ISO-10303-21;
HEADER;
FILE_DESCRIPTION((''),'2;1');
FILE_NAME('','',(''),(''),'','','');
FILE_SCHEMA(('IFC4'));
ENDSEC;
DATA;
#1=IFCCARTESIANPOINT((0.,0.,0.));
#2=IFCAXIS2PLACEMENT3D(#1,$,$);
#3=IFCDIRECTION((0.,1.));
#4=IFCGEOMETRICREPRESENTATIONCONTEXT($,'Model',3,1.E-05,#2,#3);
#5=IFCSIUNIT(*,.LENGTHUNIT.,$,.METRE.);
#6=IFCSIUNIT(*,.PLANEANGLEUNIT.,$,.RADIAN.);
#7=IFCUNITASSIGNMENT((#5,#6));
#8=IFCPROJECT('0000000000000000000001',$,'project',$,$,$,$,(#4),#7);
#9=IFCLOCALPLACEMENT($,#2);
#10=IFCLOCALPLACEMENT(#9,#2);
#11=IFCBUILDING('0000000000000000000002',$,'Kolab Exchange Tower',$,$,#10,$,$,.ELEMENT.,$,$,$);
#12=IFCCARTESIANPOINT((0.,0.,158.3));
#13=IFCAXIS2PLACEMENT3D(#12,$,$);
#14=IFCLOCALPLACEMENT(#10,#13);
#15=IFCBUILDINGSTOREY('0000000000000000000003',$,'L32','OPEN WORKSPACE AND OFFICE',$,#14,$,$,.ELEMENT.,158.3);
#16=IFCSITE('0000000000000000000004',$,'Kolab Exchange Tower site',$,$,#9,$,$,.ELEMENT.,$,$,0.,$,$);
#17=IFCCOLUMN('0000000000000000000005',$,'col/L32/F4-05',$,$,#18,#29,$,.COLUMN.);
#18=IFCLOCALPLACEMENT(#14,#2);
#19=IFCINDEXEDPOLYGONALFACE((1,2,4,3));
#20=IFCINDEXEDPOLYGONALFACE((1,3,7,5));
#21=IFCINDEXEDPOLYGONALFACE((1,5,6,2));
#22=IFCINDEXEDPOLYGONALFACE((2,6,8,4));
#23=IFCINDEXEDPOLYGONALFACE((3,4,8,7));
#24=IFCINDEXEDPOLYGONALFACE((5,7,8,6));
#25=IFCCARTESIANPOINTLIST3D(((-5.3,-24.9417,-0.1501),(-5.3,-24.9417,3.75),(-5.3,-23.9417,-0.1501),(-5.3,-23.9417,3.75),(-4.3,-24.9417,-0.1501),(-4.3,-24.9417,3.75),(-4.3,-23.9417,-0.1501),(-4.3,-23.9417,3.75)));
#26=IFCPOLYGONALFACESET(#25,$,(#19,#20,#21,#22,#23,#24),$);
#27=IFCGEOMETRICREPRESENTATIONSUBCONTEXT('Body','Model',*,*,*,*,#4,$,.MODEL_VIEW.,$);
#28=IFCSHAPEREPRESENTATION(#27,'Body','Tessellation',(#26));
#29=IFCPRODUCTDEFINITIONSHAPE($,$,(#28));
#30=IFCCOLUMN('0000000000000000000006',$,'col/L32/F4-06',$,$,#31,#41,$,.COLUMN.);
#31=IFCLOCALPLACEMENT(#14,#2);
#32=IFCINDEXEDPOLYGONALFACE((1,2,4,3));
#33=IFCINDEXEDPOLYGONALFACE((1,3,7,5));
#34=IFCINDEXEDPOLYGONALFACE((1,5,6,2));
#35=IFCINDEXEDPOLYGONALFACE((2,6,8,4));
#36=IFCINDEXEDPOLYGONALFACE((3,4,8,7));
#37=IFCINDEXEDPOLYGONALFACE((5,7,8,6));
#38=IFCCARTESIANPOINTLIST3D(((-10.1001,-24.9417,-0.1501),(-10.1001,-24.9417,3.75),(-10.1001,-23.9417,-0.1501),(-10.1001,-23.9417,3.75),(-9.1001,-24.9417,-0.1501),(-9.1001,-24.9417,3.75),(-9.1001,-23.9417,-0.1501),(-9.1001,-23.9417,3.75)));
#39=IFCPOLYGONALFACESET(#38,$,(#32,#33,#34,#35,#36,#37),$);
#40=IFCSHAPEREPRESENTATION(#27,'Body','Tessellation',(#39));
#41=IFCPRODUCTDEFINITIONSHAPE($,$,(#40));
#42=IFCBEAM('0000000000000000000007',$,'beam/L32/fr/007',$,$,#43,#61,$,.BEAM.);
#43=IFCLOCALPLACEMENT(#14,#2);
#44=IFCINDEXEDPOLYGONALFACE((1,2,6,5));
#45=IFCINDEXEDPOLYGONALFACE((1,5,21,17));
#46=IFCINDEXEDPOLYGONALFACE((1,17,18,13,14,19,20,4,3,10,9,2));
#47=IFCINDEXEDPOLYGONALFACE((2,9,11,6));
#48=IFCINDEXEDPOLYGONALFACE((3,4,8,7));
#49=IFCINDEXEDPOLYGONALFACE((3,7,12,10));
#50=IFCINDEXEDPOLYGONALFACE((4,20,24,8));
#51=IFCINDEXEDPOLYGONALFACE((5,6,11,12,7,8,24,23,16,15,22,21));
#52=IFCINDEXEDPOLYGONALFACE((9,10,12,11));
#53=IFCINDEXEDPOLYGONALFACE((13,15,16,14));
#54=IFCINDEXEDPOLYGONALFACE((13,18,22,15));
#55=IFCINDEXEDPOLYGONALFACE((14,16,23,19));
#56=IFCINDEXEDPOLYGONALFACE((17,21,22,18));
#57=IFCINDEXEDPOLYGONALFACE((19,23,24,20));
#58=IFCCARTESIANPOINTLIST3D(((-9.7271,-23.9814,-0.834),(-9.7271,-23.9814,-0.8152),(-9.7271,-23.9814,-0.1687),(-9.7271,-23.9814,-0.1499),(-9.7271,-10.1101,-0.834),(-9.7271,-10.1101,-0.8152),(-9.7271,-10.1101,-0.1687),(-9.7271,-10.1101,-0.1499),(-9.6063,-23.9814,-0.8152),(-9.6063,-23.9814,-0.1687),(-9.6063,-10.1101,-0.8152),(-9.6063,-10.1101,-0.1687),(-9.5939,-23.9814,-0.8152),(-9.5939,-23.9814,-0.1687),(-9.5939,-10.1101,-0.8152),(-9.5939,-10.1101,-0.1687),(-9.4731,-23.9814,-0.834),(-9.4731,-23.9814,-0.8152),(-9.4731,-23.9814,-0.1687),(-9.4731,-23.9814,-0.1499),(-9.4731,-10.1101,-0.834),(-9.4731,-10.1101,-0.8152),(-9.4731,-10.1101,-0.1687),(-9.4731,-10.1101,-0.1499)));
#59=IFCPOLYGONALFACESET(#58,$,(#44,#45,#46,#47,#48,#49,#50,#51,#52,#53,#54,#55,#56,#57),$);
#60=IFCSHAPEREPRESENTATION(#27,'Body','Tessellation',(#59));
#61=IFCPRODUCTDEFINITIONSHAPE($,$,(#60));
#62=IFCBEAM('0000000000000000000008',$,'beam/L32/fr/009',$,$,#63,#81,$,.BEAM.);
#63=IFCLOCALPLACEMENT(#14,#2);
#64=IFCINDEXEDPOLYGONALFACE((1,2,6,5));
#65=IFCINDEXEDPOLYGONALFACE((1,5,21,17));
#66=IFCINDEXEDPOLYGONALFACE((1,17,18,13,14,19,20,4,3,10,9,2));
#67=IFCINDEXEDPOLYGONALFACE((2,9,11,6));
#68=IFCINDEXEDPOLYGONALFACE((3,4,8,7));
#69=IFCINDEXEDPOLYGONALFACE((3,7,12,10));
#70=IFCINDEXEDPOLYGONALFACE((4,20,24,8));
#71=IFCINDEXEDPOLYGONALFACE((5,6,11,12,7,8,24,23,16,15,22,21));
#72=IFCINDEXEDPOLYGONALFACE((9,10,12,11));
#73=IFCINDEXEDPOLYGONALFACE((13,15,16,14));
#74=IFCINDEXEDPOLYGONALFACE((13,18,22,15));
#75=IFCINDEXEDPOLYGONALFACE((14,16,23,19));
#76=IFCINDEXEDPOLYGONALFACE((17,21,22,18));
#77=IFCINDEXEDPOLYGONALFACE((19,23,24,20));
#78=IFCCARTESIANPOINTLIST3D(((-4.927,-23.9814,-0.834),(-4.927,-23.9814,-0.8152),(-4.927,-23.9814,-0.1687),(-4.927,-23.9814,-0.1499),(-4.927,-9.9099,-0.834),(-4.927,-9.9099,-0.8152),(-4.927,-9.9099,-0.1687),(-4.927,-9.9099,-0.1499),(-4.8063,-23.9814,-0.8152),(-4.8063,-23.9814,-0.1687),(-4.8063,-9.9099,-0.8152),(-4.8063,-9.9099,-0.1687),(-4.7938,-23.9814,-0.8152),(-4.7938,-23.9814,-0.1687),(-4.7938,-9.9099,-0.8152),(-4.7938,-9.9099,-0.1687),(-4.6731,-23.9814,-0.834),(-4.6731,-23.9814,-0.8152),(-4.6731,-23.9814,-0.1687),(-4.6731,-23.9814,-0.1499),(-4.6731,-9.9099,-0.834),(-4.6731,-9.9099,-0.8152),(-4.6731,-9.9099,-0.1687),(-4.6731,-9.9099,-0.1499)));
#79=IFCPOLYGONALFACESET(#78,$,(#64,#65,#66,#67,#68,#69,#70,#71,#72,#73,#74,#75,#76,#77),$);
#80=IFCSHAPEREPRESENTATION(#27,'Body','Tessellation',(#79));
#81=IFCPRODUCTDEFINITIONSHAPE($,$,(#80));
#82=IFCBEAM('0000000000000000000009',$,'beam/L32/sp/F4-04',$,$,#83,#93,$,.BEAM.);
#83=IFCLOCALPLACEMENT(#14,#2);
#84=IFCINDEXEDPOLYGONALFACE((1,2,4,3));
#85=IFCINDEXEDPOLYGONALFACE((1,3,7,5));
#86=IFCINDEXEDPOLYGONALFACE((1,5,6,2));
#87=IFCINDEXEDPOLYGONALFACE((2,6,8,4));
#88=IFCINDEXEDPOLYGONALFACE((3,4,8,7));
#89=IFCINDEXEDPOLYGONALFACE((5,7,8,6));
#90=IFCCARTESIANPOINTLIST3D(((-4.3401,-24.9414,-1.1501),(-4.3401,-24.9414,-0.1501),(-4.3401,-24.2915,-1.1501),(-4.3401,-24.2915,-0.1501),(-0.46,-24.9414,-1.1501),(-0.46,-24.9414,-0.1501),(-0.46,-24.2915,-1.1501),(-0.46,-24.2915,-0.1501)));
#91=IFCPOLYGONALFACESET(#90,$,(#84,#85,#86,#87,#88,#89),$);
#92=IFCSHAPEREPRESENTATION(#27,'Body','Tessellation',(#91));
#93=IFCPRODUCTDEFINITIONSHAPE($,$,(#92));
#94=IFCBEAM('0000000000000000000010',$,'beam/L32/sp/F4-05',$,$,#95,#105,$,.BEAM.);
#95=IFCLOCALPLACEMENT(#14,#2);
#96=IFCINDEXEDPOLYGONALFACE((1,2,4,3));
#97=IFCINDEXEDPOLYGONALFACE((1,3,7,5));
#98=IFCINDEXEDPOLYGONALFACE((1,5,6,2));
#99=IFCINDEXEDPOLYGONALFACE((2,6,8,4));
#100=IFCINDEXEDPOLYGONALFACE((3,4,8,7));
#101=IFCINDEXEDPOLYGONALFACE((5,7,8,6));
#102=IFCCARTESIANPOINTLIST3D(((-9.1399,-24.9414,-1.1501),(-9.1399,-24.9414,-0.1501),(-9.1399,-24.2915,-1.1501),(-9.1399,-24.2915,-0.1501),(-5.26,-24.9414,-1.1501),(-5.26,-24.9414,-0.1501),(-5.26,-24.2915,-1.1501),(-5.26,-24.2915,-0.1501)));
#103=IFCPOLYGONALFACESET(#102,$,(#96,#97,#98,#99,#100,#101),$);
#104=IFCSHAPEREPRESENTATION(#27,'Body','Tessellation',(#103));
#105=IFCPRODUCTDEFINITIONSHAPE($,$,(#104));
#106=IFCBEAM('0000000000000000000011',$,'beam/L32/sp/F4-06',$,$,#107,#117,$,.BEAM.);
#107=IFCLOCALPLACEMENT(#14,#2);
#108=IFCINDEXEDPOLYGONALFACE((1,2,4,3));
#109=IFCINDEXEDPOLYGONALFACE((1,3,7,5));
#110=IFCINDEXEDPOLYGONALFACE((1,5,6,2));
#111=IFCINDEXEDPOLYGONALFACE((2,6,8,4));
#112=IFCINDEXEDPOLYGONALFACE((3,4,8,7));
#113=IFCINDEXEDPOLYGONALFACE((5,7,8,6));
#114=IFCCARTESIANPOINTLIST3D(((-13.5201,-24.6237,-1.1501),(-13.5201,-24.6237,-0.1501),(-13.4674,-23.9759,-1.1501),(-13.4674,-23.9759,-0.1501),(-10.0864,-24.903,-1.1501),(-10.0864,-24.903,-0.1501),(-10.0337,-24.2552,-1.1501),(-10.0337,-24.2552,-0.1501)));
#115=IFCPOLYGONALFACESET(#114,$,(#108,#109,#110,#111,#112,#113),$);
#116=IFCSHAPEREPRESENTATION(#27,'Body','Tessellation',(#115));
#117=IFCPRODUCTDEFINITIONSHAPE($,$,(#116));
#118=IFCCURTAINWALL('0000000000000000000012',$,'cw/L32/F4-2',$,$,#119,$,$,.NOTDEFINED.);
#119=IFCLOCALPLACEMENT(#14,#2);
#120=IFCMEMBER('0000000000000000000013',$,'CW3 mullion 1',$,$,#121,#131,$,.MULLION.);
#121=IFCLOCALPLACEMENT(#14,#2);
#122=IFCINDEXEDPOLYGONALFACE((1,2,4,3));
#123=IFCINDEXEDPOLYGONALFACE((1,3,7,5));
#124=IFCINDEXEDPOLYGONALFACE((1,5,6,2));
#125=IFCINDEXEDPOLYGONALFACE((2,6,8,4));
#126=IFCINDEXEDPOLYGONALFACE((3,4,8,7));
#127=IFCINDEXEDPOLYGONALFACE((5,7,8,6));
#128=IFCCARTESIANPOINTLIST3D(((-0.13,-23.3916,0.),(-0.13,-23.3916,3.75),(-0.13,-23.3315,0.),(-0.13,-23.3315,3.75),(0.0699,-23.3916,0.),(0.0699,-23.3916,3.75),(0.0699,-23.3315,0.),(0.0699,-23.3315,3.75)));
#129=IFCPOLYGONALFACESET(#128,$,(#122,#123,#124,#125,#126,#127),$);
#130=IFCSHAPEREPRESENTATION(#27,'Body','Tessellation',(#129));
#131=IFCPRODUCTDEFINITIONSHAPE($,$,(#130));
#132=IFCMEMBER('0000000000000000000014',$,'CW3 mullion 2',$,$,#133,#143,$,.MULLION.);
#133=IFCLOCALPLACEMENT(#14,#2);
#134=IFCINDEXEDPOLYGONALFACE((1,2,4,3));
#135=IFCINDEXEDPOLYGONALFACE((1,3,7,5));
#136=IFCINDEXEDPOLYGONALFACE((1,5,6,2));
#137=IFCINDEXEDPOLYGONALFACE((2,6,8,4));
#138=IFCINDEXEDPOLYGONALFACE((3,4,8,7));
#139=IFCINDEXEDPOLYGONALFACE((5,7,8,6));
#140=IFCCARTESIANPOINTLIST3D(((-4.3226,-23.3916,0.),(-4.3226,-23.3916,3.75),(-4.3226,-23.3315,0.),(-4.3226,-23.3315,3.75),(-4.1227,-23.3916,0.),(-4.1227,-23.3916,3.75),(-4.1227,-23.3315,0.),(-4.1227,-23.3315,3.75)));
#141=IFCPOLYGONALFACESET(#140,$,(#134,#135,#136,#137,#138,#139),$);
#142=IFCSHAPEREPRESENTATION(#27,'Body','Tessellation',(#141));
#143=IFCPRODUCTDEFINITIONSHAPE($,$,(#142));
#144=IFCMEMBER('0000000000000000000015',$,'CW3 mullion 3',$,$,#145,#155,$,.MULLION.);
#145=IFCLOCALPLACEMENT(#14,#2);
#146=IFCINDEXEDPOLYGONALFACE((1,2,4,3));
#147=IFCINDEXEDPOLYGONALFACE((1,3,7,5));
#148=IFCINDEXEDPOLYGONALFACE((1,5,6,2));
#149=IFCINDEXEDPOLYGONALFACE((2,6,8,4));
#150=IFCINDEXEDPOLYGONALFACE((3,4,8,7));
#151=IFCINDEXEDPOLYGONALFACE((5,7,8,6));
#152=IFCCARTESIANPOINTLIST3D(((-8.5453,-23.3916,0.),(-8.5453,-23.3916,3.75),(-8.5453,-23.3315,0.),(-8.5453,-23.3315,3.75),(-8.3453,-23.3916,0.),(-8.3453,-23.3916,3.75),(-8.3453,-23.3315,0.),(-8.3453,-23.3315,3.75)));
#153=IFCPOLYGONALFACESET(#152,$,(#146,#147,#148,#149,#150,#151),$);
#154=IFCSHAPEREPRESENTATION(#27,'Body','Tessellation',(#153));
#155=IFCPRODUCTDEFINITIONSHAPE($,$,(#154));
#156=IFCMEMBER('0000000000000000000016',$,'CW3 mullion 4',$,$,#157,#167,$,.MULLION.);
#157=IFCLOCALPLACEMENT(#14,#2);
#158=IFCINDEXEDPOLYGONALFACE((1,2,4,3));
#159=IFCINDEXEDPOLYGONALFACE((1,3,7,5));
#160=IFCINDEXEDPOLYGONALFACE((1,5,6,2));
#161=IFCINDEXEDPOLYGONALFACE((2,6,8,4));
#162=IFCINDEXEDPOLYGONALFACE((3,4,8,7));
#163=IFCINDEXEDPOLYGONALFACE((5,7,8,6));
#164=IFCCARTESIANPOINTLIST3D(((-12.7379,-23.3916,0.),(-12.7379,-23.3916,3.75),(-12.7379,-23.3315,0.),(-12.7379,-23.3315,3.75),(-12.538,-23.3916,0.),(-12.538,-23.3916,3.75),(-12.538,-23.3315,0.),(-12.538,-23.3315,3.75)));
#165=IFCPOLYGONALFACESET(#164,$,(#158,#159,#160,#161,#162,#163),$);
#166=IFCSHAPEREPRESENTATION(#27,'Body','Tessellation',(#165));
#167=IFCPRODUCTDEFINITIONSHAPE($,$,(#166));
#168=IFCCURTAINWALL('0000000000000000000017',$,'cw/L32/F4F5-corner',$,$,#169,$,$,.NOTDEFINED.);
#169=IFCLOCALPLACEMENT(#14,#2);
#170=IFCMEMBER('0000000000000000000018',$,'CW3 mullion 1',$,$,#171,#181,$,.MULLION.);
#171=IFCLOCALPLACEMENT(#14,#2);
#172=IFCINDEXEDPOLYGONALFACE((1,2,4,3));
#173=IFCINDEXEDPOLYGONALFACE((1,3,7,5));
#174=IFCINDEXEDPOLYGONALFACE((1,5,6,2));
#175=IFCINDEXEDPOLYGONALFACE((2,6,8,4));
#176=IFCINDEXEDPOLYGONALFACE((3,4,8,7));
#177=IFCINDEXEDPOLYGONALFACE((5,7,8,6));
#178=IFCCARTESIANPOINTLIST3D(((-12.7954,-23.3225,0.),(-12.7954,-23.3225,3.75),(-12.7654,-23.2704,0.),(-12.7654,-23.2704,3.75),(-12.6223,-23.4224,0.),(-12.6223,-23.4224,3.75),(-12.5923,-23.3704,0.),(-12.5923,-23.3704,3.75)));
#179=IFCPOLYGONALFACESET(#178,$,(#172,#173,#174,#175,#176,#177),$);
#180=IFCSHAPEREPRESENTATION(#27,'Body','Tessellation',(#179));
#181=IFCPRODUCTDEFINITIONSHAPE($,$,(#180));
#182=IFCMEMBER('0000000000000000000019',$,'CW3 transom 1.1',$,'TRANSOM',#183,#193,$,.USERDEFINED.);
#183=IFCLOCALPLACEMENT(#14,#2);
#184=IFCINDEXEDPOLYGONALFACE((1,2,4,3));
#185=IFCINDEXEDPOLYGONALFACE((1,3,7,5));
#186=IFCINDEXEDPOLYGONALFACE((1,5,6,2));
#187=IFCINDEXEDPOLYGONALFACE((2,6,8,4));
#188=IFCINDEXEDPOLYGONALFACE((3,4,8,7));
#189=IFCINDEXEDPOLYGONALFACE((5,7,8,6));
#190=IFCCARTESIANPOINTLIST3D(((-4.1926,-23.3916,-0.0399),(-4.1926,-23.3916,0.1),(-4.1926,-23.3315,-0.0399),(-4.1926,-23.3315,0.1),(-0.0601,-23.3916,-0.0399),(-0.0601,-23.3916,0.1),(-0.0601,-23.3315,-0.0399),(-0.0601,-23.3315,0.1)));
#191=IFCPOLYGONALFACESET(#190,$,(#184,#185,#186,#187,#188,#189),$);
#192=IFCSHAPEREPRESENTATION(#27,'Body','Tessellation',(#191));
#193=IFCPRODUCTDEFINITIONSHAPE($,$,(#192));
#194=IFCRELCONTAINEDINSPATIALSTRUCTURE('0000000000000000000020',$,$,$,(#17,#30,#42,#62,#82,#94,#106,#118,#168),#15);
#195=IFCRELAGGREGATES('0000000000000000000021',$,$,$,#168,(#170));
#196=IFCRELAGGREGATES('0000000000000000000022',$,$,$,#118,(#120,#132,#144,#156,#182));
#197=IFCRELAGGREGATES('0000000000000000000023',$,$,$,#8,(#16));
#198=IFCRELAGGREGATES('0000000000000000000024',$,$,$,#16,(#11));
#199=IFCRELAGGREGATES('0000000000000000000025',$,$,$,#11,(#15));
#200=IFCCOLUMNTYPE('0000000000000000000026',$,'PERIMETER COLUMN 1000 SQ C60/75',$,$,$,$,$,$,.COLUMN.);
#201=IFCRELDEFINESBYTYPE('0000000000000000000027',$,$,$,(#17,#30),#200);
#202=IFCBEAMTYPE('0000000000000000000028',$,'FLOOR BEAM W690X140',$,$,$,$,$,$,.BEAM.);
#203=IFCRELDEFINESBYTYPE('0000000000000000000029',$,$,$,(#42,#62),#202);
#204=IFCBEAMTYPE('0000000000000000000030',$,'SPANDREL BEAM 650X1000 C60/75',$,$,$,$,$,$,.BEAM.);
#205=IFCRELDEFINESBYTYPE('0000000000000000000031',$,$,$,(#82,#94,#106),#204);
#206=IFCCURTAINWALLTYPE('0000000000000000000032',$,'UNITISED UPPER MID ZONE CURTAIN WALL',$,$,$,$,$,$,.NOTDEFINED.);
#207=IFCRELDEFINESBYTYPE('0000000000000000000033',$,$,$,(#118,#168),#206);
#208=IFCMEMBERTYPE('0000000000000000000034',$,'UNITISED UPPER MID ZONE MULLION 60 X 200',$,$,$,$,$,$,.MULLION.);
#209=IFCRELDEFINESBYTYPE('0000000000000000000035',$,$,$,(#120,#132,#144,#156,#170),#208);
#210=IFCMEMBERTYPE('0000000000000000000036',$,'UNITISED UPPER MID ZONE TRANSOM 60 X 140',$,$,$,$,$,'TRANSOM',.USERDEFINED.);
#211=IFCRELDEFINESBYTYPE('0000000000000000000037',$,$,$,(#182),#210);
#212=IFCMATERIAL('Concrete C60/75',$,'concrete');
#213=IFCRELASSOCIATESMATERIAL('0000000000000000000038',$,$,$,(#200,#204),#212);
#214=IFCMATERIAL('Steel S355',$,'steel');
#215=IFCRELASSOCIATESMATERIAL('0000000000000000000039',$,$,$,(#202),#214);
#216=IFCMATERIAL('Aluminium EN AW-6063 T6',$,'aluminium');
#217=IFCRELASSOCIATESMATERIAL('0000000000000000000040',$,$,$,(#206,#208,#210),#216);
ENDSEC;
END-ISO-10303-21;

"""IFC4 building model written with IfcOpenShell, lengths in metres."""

from ifc_helpers import new_model, si_unit, direction, frame, origin, origin_2d, place, context, subcontext, project, spatial, rectangle, i_section, extrude, material, material_profile, profile_set, type_object, element, aggregate, save


model = new_model("IFC4")

# Units and contexts
model_context = context("Model", 3, precision=1e-05, world=origin(), true_north=direction((0.0, 1.0)))
body_context = subcontext(model_context, "Body", "Model", "MODEL_VIEW")
ifc_project = project(units=[si_unit("LENGTHUNIT", "METRE"), si_unit("PLANEANGLEUNIT", "RADIAN")], contexts=[model_context])

# Site, building, storey
site_placement = place(None, origin())
site = spatial("IfcSite", under=ifc_project, at=site_placement, Name="Kolab Exchange Tower site", CompositionType="ELEMENT", RefElevation=0.0)
building_placement = place(site_placement, origin())
building = spatial("IfcBuilding", under=site, at=building_placement, Name="Kolab Exchange Tower", CompositionType="ELEMENT")
storey_placement = place(building_placement, frame((0.0, 0.0, 158.3)))
storey = spatial("IfcBuildingStorey", under=building, at=storey_placement, Name="L32", Description="OPEN WORKSPACE AND OFFICE", CompositionType="ELEMENT", Elevation=158.3)

# Columns
ifc_material_1 = material(Name="Concrete C60/75", Category="concrete")
ifc_material_profile_1 = material_profile(ifc_material_1, rectangle(XDim=1.0, YDim=1.0, at=origin_2d()), Name="RC1000")
ifc_profile_set_1 = profile_set([ifc_material_profile_1], Name="Concrete C60/75")
column_type = type_object("IfcColumnType", Name="PERIMETER COLUMN 1000 SQ C60/75", PredefinedType="COLUMN", material=ifc_profile_set_1)
for number, where, z_axis, x_axis, name in (
    (1, (-4.8, -24.4417, -0.1501), (0.0, 0.0, 1.0), (1.0, 0.0, 0.0), "col/L32/F4-05"),
    (2, (-9.6001, -24.4417, -0.1501), (0.0, 0.0, 1.0), (1.0, 0.0, 0.0), "col/L32/F4-06"),
):
    element("IfcColumn", number, at=place(storey_placement, frame(where, z_axis=z_axis, x_axis=x_axis)), inside=storey, type_object=column_type, Name=name, PredefinedType="COLUMN", context=body_context, shape_type="SweptSolid", body=[
        extrude(rectangle(XDim=1.0, YDim=1.0, at=origin_2d()), origin(), (0.0, 0.0, 1.0), 3.9001),
    ])

# Beams
ifc_material_2 = material(Name="Steel S355", Category="steel")
ifc_material_profile_2 = material_profile(ifc_material_2, i_section(OverallWidth=0.2539, OverallDepth=0.6841, WebThickness=0.0125, FlangeThickness=0.0188, at=origin_2d()), Name="W690X140")
ifc_profile_set_2 = profile_set([ifc_material_profile_2], Name="Steel S355")
beam_type_1 = type_object("IfcBeamType", Name="FLOOR BEAM W690X140", PredefinedType="BEAM", material=ifc_profile_set_2)
beam_1_placement = place(storey_placement, frame((-9.6001, -23.9814, -0.4919), z_axis=(0.0, 1.0, 0.0), x_axis=(-1.0, 0.0, 0.0)))
element("IfcBeam", 3, at=beam_1_placement, inside=storey, type_object=beam_type_1, Name="beam/L32/fr/007", PredefinedType="BEAM", context=body_context, shape_type="SweptSolid", body=[
    extrude(i_section(OverallWidth=0.2539, OverallDepth=0.6841, WebThickness=0.0125, FlangeThickness=0.0188, at=origin_2d()), origin(), (0.0, 0.0, 1.0), 13.8713),
])
beam_2_placement = place(storey_placement, frame((-4.8, -23.9814, -0.4919), z_axis=(0.0, 1.0, 0.0), x_axis=(-1.0, 0.0, 0.0)))
element("IfcBeam", 4, at=beam_2_placement, inside=storey, type_object=beam_type_1, Name="beam/L32/fr/009", PredefinedType="BEAM", context=body_context, shape_type="SweptSolid", body=[
    extrude(i_section(OverallWidth=0.2539, OverallDepth=0.6841, WebThickness=0.0125, FlangeThickness=0.0188, at=origin_2d()), origin(), (0.0, 0.0, 1.0), 14.0715),
])
ifc_material_profile_3 = material_profile(ifc_material_1, rectangle(XDim=0.6499, YDim=1.0, at=origin_2d()), Name="RC650X1000")
ifc_profile_set_3 = profile_set([ifc_material_profile_3], Name="Concrete C60/75")
beam_type_2 = type_object("IfcBeamType", Name="SPANDREL BEAM 650X1000 C60/75", PredefinedType="BEAM", material=ifc_profile_set_3)
beam_3_placement = place(storey_placement, frame((-0.46, -24.6165, -0.6501), z_axis=(-1.0, 0.0, 0.0), x_axis=(0.0, -1.0, 0.0)))
element("IfcBeam", 5, at=beam_3_placement, inside=storey, type_object=beam_type_2, Name="beam/L32/sp/F4-04", PredefinedType="BEAM", context=body_context, shape_type="SweptSolid", body=[
    extrude(rectangle(XDim=0.6499, YDim=1.0, at=origin_2d()), origin(), (0.0, 0.0, 1.0), 3.8801),
])
beam_4_placement = place(storey_placement, frame((-5.26, -24.6165, -0.6501), z_axis=(-1.0, 0.0, 0.0), x_axis=(0.0, -1.0, 0.0)))
element("IfcBeam", 6, at=beam_4_placement, inside=storey, type_object=beam_type_2, Name="beam/L32/sp/F4-05", PredefinedType="BEAM", context=body_context, shape_type="SweptSolid", body=[
    extrude(rectangle(XDim=0.6499, YDim=1.0, at=origin_2d()), origin(), (0.0, 0.0, 1.0), 3.8799),
])
beam_5_placement = place(storey_placement, frame((-10.0601, -24.5791, -0.6501), z_axis=(-0.996708, 0.081069, 0.0), x_axis=(-0.081069, -0.996708, 0.0)))
element("IfcBeam", 7, at=beam_5_placement, inside=storey, type_object=beam_type_2, Name="beam/L32/sp/F4-06", PredefinedType="BEAM", context=body_context, shape_type="SweptSolid", body=[
    extrude(rectangle(XDim=0.6499, YDim=1.0, at=origin_2d()), origin(), (0.0, 0.0, 1.0), 3.4451),
])

# Curtain wall, members
ifc_material_3 = material(Name="Aluminium EN AW-6063 T6", Category="aluminium")
curtain_wall_type = type_object("IfcCurtainWallType", Name="UNITISED UPPER MID ZONE CURTAIN WALL", PredefinedType="NOTDEFINED", material=ifc_material_3)
curtain_wall_1_placement = place(storey_placement, origin())
curtain_wall_1 = element("IfcCurtainWall", 8, at=curtain_wall_1_placement, inside=storey, type_object=curtain_wall_type, Name="cw/L32/F4-2", PredefinedType="NOTDEFINED")
ifc_material_profile_4 = material_profile(ifc_material_3, rectangle(XDim=0.0601, YDim=0.2, at=origin_2d()), Name="RECT 60X200")
ifc_profile_set_4 = profile_set([ifc_material_profile_4], Name="Aluminium EN AW-6063 T6")
member_type_1 = type_object("IfcMemberType", Name="UNITISED UPPER MID ZONE MULLION 60 X 200", PredefinedType="MULLION", material=ifc_profile_set_4)
member_1_placement = place(storey_placement, frame((-0.03, -23.3616, 0.0), z_axis=(0.0, 0.0, 1.0), x_axis=(0.0, -1.0, 0.0)))
member_1 = element("IfcMember", 9, at=member_1_placement, type_object=member_type_1, Name="CW3 mullion 1", PredefinedType="MULLION", context=body_context, shape_type="SweptSolid", body=[
    extrude(rectangle(XDim=0.0601, YDim=0.2, at=origin_2d()), origin(), (0.0, 0.0, 1.0), 3.75),
])
member_2_placement = place(storey_placement, frame((-4.2227, -23.3616, 0.0), z_axis=(0.0, 0.0, 1.0), x_axis=(0.0, -1.0, 0.0)))
member_2 = element("IfcMember", 10, at=member_2_placement, type_object=member_type_1, Name="CW3 mullion 2", PredefinedType="MULLION", context=body_context, shape_type="SweptSolid", body=[
    extrude(rectangle(XDim=0.0601, YDim=0.2, at=origin_2d()), origin(), (0.0, 0.0, 1.0), 3.75),
])
member_3_placement = place(storey_placement, frame((-8.4453, -23.3616, 0.0), z_axis=(0.0, 0.0, 1.0), x_axis=(0.0, -1.0, 0.0)))
member_3 = element("IfcMember", 11, at=member_3_placement, type_object=member_type_1, Name="CW3 mullion 3", PredefinedType="MULLION", context=body_context, shape_type="SweptSolid", body=[
    extrude(rectangle(XDim=0.0601, YDim=0.2, at=origin_2d()), origin(), (0.0, 0.0, 1.0), 3.75),
])
member_4_placement = place(storey_placement, frame((-12.6379, -23.3616, 0.0), z_axis=(0.0, 0.0, 1.0), x_axis=(0.0, -1.0, 0.0)))
member_4 = element("IfcMember", 12, at=member_4_placement, type_object=member_type_1, Name="CW3 mullion 4", PredefinedType="MULLION", context=body_context, shape_type="SweptSolid", body=[
    extrude(rectangle(XDim=0.0601, YDim=0.2, at=origin_2d()), origin(), (0.0, 0.0, 1.0), 3.75),
])

# Curtain wall, member
curtain_wall_2_placement = place(storey_placement, origin())
curtain_wall_2 = element("IfcCurtainWall", 13, at=curtain_wall_2_placement, inside=storey, type_object=curtain_wall_type, Name="cw/L32/F4F5-corner", PredefinedType="NOTDEFINED")
member_5_placement = place(storey_placement, frame((-12.6938, -23.3464, 0.0), z_axis=(0.0, 0.0, 1.0), x_axis=(-0.5, -0.866025, 0.0)))
member_5 = element("IfcMember", 14, at=member_5_placement, type_object=member_type_1, Name="CW3 mullion 1", PredefinedType="MULLION", context=body_context, shape_type="SweptSolid", body=[
    extrude(rectangle(XDim=0.0601, YDim=0.2, at=origin_2d()), origin(), (0.0, 0.0, 1.0), 3.75),
])

# Member
ifc_material_profile_5 = material_profile(ifc_material_3, rectangle(XDim=0.0601, YDim=0.1399, at=origin_2d()), Name="RECT 60X140")
ifc_profile_set_5 = profile_set([ifc_material_profile_5], Name="Aluminium EN AW-6063 T6")
member_type_2 = type_object("IfcMemberType", Name="UNITISED UPPER MID ZONE TRANSOM 60 X 140", ElementType="TRANSOM", PredefinedType="USERDEFINED", material=ifc_profile_set_5)
member_6_placement = place(storey_placement, frame((-0.0601, -23.3616, 0.03), z_axis=(-1.0, 0.0, 0.0), x_axis=(0.0, -1.0, 0.0)))
member_6 = element("IfcMember", 15, at=member_6_placement, type_object=member_type_2, Name="CW3 transom 1.1", ObjectType="TRANSOM", PredefinedType="USERDEFINED", context=body_context, shape_type="SweptSolid", body=[
    extrude(rectangle(XDim=0.0601, YDim=0.1399, at=origin_2d()), origin(), (0.0, 0.0, 1.0), 4.1326),
])
aggregate(curtain_wall_2, [member_5])

aggregate(curtain_wall_1, [member_1, member_2, member_3, member_4, member_6])

save(model, "model.ifc")
